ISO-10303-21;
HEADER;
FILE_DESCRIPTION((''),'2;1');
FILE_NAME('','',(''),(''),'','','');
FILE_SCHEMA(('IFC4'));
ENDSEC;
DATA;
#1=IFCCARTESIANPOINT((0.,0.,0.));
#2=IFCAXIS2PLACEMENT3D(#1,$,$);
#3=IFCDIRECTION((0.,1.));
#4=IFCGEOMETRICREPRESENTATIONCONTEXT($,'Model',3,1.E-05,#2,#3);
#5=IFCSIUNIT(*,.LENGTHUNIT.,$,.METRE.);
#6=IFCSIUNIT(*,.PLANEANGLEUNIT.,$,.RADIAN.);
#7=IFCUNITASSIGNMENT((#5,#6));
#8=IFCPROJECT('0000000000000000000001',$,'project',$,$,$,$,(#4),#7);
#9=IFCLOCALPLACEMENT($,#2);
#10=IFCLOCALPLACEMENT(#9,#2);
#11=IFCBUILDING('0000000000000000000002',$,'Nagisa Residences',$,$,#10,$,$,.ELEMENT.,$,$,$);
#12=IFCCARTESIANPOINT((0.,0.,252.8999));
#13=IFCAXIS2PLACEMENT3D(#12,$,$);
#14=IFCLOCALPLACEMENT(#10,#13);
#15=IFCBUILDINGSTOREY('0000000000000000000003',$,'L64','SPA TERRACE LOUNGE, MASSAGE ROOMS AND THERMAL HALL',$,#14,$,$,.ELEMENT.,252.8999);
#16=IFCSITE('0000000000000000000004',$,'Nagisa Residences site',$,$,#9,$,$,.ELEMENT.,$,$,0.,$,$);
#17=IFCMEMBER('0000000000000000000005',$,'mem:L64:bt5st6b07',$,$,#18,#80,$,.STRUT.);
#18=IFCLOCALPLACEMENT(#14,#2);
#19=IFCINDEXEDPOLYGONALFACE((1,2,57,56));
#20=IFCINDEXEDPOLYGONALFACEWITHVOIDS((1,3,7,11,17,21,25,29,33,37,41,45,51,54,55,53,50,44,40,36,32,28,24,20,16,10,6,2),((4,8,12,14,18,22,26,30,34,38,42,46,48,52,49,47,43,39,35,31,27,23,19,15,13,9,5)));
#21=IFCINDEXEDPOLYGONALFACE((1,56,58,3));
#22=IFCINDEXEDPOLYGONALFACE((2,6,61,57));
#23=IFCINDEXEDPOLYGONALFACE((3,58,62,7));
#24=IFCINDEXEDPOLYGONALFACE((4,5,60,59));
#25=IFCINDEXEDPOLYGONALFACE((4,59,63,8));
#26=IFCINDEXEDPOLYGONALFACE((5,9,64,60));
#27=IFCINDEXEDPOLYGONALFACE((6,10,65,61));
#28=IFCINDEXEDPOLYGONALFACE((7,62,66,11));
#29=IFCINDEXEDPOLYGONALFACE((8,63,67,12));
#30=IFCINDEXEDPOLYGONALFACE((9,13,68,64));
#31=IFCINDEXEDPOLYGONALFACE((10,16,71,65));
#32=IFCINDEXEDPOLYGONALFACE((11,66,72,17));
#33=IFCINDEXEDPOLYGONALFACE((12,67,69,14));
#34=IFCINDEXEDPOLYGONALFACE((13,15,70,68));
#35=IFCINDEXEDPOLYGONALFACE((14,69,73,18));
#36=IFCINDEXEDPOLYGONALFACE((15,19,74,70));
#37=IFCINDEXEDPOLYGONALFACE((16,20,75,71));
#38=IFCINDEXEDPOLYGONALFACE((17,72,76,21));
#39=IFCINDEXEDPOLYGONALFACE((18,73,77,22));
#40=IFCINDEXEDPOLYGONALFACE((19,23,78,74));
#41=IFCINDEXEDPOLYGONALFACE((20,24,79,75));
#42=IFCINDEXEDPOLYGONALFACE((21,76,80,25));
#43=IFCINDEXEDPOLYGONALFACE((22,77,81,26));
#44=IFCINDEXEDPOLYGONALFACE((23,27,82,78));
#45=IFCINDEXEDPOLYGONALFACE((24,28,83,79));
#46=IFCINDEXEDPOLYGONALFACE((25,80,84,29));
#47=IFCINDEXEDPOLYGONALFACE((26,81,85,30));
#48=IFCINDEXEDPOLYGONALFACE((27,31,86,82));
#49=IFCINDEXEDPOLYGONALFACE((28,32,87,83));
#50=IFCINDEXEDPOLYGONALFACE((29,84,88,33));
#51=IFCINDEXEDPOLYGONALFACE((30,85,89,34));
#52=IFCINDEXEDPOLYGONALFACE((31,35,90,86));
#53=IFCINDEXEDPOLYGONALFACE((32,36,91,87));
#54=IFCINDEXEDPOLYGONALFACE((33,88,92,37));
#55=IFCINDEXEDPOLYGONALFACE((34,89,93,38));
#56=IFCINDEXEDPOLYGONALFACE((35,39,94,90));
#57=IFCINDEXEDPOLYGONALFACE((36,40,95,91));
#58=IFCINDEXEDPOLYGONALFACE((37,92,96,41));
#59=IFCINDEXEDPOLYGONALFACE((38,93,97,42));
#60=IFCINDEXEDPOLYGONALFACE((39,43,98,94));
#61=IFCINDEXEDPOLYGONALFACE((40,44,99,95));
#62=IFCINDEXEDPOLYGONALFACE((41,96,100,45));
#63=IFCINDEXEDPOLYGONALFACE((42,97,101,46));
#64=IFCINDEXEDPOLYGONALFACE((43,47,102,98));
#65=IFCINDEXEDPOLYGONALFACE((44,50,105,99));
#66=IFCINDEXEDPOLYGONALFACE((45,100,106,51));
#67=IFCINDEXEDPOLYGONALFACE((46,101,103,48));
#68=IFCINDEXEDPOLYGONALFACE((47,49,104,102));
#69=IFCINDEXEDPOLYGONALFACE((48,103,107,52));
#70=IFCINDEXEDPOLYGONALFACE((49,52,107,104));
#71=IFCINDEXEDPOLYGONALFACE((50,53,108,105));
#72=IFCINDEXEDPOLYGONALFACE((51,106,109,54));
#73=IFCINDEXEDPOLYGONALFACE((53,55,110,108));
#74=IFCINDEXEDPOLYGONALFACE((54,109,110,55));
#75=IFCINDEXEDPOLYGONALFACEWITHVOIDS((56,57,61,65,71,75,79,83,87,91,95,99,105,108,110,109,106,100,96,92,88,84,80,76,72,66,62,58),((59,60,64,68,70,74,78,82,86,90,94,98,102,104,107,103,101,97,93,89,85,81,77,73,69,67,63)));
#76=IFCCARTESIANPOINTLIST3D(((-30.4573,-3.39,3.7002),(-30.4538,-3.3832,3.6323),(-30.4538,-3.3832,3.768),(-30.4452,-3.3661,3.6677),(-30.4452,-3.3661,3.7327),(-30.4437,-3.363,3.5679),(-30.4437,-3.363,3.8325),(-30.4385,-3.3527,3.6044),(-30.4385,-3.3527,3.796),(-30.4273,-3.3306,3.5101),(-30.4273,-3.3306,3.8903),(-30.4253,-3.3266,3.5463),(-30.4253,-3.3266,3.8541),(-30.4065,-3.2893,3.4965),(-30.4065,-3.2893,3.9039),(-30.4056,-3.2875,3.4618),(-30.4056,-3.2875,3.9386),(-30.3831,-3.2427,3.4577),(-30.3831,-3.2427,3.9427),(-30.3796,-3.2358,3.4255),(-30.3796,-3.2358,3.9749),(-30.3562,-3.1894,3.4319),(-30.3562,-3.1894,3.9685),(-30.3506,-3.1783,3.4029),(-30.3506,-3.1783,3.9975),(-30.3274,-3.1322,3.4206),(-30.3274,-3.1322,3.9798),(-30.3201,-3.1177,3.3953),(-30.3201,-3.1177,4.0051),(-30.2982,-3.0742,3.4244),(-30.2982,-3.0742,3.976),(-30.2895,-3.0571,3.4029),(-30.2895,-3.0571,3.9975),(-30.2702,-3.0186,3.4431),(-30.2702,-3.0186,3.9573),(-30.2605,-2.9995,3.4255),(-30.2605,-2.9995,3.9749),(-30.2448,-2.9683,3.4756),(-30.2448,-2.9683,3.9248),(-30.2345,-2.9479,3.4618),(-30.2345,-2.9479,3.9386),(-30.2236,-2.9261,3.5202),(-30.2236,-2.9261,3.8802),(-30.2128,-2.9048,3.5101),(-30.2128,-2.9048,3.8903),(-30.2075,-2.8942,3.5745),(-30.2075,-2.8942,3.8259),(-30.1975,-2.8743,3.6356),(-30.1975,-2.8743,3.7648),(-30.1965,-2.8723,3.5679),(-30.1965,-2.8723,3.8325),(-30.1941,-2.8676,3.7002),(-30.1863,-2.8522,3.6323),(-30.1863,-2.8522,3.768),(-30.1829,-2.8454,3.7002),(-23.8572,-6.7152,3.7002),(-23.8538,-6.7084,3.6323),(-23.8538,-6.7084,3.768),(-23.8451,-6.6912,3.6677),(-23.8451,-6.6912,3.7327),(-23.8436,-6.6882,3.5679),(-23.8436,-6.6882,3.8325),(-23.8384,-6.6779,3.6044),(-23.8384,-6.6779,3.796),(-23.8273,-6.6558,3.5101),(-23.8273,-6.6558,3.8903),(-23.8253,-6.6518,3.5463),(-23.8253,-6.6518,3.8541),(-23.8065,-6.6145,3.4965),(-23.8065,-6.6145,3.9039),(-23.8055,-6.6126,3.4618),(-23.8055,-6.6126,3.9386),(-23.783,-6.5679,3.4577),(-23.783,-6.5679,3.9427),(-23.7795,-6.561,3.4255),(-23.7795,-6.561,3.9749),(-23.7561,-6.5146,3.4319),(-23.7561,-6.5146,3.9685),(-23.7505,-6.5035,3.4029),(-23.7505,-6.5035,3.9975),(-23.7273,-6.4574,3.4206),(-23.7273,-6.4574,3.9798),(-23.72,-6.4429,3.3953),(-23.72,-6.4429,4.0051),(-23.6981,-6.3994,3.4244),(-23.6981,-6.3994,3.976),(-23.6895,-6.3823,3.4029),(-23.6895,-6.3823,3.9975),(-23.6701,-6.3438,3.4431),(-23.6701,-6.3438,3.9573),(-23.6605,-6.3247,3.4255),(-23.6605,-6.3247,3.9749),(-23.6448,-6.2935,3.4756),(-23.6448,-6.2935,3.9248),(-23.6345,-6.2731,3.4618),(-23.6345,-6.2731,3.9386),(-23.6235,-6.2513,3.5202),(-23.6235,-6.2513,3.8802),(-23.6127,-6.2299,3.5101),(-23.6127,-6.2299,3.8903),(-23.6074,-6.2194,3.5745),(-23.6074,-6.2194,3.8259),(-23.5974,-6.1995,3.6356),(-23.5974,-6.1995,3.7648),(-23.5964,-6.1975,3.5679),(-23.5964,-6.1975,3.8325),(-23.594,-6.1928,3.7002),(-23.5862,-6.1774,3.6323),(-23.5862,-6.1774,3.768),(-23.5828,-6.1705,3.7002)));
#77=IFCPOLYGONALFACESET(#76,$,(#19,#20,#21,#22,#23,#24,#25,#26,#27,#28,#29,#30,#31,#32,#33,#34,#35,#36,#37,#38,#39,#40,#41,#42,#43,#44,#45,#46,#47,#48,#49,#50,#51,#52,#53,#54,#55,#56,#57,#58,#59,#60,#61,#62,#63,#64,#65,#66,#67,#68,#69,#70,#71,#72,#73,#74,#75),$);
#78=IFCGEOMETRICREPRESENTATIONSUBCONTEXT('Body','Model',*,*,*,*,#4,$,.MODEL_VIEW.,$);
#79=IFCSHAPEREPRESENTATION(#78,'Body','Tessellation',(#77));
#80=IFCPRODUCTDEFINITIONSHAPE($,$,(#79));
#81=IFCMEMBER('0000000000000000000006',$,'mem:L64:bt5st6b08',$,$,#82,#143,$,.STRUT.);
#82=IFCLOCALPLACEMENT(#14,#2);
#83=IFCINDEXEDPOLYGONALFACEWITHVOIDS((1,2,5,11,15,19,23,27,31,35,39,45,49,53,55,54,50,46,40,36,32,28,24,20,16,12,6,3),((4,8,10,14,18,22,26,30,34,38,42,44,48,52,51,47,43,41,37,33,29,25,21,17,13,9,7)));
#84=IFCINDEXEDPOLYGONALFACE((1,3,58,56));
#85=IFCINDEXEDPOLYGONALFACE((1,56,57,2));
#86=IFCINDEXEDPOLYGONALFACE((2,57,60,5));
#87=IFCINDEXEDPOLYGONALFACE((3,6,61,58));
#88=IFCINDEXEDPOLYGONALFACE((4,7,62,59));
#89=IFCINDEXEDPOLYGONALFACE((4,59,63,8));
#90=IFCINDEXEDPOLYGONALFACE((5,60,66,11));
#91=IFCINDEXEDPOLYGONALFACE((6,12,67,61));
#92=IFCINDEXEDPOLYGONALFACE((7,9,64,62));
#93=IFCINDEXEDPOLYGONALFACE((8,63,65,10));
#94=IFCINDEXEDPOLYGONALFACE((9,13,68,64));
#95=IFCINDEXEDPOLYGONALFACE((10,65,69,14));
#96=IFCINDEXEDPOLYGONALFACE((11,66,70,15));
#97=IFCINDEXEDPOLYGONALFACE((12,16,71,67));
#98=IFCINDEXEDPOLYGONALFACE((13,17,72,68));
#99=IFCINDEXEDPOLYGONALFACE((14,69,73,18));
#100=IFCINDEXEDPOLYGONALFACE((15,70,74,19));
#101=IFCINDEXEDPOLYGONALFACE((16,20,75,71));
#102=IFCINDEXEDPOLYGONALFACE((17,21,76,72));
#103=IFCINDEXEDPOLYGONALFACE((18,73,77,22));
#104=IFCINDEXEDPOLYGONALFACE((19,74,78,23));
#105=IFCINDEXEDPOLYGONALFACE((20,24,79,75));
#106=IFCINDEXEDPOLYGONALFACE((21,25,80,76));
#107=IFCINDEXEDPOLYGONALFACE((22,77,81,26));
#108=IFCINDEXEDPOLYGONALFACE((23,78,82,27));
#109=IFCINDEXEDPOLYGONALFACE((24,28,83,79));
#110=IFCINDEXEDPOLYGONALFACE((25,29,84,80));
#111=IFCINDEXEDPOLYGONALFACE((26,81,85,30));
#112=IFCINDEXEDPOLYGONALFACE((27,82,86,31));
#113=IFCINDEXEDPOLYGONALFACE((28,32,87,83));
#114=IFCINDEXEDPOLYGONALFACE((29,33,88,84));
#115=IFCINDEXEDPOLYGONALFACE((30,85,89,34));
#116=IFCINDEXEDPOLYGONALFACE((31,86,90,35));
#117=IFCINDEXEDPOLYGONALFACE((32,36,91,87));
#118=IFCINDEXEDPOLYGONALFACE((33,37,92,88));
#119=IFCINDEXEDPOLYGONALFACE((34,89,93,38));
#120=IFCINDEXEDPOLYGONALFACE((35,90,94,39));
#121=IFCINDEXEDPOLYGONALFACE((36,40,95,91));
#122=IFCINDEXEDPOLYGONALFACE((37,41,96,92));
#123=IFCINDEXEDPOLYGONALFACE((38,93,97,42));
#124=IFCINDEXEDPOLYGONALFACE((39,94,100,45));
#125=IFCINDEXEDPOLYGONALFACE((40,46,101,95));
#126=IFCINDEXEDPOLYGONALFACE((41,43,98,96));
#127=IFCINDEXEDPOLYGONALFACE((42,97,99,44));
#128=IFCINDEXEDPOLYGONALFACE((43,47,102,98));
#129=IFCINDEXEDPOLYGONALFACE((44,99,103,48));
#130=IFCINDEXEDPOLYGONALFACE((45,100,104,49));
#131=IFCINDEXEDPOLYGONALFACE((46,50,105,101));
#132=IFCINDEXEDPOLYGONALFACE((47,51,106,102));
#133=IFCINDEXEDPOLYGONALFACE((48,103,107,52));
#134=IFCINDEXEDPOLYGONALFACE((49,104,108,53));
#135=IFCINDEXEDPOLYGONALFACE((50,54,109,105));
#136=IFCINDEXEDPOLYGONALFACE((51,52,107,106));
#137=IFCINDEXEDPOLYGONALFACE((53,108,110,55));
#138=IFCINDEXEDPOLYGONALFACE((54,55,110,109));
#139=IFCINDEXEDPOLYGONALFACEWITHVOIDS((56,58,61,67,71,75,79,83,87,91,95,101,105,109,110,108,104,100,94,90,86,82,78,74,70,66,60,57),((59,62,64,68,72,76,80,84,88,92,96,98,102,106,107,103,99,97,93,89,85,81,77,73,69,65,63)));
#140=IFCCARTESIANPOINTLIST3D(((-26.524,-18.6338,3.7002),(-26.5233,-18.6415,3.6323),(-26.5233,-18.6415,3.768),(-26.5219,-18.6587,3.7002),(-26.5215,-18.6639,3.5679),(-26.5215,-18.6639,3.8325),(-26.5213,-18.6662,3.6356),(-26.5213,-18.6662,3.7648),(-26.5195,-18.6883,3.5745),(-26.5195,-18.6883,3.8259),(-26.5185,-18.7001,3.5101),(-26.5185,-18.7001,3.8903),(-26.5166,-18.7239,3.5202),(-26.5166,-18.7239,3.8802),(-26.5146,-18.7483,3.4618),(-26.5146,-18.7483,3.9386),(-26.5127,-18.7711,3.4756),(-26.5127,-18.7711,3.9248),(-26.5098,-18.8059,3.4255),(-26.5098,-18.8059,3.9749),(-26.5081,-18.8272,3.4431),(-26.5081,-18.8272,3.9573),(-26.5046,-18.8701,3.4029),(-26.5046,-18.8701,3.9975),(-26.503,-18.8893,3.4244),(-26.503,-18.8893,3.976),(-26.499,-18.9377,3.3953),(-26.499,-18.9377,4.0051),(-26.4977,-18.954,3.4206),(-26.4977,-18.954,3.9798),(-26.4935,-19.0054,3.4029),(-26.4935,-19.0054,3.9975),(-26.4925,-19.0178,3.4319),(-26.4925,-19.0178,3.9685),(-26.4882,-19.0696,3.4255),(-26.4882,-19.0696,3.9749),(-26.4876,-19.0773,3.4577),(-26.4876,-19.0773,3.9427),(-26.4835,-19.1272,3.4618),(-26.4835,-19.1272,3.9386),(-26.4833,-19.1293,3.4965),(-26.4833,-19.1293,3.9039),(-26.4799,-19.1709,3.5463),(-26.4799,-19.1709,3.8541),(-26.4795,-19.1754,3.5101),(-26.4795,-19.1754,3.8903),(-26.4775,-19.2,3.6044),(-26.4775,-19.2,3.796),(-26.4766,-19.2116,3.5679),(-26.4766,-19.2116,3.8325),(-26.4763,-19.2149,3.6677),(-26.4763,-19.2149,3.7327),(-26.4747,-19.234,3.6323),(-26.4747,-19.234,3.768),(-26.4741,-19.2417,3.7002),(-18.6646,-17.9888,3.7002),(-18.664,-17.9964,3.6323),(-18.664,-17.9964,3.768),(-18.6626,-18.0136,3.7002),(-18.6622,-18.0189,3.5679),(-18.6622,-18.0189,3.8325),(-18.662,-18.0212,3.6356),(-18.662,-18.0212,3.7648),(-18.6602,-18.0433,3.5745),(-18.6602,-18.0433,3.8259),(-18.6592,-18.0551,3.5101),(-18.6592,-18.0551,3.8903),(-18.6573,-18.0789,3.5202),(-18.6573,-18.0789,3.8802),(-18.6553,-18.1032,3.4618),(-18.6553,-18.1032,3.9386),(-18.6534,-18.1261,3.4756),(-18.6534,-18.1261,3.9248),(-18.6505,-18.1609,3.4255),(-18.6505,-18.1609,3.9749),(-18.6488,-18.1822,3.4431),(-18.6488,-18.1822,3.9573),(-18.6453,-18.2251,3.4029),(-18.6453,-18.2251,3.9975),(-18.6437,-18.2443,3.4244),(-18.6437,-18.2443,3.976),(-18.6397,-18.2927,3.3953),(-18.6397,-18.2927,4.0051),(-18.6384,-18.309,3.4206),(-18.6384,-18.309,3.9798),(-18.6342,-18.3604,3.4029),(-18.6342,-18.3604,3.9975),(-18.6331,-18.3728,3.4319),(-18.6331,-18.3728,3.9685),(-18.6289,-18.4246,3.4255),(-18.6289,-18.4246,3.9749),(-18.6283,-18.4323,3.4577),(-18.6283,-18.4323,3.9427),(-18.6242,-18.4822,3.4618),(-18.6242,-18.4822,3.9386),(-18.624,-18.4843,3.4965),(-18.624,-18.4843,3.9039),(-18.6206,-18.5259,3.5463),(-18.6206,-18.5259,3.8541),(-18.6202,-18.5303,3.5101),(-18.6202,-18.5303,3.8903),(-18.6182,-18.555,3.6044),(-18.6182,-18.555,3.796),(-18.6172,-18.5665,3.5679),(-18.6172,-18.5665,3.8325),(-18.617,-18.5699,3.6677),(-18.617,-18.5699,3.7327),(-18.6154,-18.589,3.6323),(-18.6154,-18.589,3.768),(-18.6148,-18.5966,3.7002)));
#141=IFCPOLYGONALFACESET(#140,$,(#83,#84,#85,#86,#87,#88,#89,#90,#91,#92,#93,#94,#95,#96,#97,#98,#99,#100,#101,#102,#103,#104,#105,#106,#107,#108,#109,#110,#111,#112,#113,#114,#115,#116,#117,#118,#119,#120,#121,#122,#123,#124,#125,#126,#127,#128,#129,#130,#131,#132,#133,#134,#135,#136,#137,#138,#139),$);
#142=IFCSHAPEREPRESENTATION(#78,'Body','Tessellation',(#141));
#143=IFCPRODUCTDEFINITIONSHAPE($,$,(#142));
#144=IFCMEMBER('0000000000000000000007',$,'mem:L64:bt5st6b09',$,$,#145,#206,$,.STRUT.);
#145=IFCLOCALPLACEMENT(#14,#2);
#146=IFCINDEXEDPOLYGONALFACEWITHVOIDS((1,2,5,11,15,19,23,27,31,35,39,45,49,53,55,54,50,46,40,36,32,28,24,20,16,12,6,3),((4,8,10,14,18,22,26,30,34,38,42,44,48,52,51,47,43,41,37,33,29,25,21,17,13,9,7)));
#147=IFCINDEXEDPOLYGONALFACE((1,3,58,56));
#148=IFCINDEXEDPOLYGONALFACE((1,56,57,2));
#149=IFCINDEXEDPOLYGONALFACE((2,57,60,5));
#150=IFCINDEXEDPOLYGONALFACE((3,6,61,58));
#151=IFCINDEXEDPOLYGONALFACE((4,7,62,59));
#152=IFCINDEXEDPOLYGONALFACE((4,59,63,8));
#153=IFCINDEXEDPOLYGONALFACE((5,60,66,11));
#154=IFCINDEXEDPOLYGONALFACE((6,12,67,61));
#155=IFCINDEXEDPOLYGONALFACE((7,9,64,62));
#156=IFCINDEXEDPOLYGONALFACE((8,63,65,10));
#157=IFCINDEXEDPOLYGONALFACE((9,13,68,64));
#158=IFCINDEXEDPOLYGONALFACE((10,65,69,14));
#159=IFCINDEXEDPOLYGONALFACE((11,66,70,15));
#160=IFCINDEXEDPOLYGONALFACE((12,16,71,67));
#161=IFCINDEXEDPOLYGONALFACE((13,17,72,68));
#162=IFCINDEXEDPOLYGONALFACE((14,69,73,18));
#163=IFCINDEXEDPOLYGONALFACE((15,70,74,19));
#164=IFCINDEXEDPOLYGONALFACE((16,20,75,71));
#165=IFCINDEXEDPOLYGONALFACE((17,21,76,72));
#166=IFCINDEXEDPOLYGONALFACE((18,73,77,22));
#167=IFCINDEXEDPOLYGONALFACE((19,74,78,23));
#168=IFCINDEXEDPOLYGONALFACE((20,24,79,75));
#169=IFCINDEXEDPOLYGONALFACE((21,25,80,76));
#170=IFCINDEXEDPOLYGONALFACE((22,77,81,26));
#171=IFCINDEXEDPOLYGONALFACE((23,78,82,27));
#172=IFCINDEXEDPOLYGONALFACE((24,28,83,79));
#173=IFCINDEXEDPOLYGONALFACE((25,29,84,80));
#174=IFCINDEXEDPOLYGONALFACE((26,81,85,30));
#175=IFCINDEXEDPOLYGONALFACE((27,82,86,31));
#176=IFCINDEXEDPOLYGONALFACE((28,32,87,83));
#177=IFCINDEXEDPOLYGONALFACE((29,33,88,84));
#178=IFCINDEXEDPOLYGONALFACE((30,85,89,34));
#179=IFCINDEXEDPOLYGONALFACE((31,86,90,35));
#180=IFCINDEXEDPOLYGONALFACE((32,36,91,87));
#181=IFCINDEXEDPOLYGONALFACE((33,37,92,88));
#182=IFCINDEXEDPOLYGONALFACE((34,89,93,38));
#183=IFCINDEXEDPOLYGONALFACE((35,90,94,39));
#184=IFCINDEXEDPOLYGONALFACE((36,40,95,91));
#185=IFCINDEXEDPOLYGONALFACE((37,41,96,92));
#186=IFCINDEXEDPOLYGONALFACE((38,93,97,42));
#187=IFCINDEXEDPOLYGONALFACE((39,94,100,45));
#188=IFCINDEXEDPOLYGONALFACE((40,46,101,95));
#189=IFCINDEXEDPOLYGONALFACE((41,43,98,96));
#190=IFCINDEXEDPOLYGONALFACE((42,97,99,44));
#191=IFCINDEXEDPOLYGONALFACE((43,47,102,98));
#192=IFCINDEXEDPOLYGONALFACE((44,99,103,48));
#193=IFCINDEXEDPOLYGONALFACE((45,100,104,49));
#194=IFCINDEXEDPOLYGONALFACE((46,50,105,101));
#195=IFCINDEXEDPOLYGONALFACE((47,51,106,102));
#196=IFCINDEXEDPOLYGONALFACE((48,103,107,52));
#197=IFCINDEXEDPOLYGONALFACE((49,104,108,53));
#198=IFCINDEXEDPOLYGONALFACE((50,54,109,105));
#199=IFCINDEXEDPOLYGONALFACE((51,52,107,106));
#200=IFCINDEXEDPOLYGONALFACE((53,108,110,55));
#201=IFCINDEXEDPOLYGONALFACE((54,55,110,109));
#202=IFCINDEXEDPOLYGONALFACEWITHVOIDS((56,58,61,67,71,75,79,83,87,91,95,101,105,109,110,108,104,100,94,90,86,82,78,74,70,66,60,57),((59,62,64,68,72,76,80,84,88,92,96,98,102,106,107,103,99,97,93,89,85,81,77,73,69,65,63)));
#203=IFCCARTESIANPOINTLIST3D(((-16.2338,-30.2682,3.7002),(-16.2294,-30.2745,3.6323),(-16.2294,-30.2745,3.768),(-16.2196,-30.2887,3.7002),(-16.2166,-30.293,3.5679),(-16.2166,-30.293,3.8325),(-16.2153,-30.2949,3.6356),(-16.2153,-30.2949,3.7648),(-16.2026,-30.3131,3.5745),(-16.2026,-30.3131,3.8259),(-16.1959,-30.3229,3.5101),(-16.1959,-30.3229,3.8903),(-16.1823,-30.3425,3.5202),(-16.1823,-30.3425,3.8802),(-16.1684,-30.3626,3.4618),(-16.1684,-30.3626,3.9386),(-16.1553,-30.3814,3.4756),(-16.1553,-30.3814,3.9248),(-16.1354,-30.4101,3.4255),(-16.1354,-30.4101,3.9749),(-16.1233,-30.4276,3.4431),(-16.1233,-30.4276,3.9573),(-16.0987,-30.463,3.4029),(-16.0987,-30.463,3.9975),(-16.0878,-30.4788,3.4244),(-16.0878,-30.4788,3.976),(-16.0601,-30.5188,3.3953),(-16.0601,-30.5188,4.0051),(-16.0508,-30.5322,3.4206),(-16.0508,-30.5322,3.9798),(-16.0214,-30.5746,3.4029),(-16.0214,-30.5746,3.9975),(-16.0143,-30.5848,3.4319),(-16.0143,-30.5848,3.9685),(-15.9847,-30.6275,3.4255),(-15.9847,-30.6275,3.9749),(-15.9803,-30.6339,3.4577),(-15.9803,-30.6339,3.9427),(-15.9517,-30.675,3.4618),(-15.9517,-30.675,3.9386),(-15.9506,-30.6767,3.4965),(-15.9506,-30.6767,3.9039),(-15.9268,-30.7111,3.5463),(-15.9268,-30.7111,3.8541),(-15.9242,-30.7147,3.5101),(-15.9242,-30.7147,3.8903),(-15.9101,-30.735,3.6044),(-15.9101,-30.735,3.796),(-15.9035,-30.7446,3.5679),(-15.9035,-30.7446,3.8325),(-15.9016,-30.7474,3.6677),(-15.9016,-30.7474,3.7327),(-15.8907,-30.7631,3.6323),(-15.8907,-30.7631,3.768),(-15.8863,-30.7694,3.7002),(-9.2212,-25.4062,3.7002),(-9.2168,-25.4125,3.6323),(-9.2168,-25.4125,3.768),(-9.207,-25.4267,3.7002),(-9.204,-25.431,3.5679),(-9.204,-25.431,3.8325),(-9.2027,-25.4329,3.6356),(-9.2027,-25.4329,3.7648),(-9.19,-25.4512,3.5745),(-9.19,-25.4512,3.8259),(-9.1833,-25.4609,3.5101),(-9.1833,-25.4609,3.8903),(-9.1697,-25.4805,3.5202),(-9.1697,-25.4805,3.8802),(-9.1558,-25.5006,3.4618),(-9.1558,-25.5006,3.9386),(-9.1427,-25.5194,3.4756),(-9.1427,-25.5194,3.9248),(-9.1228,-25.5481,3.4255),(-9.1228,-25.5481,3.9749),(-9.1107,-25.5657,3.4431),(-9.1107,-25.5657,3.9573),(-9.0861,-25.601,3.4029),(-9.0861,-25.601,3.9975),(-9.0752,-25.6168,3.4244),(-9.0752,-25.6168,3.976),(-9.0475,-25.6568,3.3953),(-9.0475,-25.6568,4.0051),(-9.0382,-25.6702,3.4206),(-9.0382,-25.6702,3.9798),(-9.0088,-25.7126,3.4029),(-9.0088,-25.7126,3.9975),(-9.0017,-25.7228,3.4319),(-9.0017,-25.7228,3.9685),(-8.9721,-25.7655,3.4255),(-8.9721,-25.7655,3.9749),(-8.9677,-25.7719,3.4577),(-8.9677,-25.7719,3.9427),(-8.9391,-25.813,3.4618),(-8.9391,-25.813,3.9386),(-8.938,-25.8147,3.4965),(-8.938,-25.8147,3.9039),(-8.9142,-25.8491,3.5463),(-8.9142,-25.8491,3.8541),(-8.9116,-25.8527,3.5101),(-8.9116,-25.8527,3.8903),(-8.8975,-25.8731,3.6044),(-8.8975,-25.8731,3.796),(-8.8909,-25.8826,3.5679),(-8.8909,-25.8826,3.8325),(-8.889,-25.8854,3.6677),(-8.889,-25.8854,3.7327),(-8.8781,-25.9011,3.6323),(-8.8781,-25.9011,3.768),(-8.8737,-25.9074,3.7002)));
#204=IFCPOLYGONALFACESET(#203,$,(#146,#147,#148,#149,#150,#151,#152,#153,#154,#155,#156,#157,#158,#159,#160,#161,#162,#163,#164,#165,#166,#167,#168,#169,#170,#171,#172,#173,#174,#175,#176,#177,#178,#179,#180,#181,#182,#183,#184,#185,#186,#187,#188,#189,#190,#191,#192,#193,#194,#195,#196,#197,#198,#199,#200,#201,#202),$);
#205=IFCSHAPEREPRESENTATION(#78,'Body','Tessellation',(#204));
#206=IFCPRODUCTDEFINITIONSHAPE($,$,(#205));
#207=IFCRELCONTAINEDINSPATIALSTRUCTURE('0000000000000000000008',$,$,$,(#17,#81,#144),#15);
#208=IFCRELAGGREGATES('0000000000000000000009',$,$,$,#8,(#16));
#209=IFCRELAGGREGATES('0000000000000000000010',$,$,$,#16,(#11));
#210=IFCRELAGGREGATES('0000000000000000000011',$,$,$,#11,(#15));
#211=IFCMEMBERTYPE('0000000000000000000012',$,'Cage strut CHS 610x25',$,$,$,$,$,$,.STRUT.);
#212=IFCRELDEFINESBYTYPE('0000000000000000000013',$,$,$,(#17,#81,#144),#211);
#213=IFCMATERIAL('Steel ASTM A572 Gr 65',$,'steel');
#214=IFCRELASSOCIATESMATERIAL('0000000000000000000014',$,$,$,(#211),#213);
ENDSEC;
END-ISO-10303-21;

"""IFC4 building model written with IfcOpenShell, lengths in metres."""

from ifc_helpers import new_model, si_unit, direction, frame, origin, origin_2d, place, context, subcontext, project, spatial, hollow_circle, extrude, material, material_profile, profile_set, type_object, element, save


model = new_model("IFC4")

# Units and contexts
model_context = context("Model", 3, precision=1e-05, world=origin(), true_north=direction((0.0, 1.0)))
body_context = subcontext(model_context, "Body", "Model", "MODEL_VIEW")
ifc_project = project(units=[si_unit("LENGTHUNIT", "METRE"), si_unit("PLANEANGLEUNIT", "RADIAN")], contexts=[model_context])

# Site, building, storey
site_placement = place(None, origin())
site = spatial("IfcSite", under=ifc_project, at=site_placement, Name="Nagisa Residences site", CompositionType="ELEMENT", RefElevation=0.0)
building_placement = place(site_placement, origin())
building = spatial("IfcBuilding", under=site, at=building_placement, Name="Nagisa Residences", CompositionType="ELEMENT")
storey_placement = place(building_placement, frame((0.0, 0.0, 252.8999)))
storey = spatial("IfcBuildingStorey", under=building, at=storey_placement, Name="L64", Description="SPA TERRACE LOUNGE, MASSAGE ROOMS AND THERMAL HALL", CompositionType="ELEMENT", Elevation=252.8999)

# Members
ifc_material_1 = material(Name="Steel ASTM A572 Gr 65", Category="steel")
ifc_material_profile_1 = material_profile(ifc_material_1, hollow_circle(Radius=0.3049, WallThickness=0.0249, at=origin_2d()), Name="CHS 610x25")
ifc_profile_set_1 = profile_set([ifc_material_profile_1], Name="Steel ASTM A572 Gr 65")
member_type_1 = type_object("IfcMemberType", Name="Cage strut CHS 610x25", PredefinedType="STRUT", material=ifc_profile_set_1)
member_1_placement = place(storey_placement, frame((-30.3201, -3.1177, 3.7002), z_axis=(0.893062, -0.449934, 0.0), x_axis=(0.449934, 0.893062, 0.0)))
element("IfcMember", 1, at=member_1_placement, inside=storey, type_object=member_type_1, Name="mem:L64:bt5st6b07", PredefinedType="STRUT", context=body_context, shape_type="SweptSolid", body=[
    extrude(hollow_circle(Radius=0.3049, WallThickness=0.0249, at=origin_2d()), origin(), (0.0, 0.0, 1.0), 7.3904),
])
member_2_placement = place(storey_placement, frame((-26.499, -18.9377, 3.7002), z_axis=(0.996649, 0.081795, 0.0), x_axis=(-0.081795, 0.996649, 0.0)))
element("IfcMember", 2, at=member_2_placement, inside=storey, type_object=member_type_1, Name="mem:L64:bt5st6b08", PredefinedType="STRUT", context=body_context, shape_type="SweptSolid", body=[
    extrude(hollow_circle(Radius=0.3049, WallThickness=0.0249, at=origin_2d()), origin(), (0.0, 0.0, 1.0), 7.8857),
])
member_3_placement = place(storey_placement, frame((-16.0601, -30.5188, 3.7002), z_axis=(0.821802, 0.569774, 0.0), x_axis=(-0.569774, 0.821802, 0.0)))
element("IfcMember", 3, at=member_3_placement, inside=storey, type_object=member_type_1, Name="mem:L64:bt5st6b09", PredefinedType="STRUT", context=body_context, shape_type="SweptSolid", body=[
    extrude(hollow_circle(Radius=0.3049, WallThickness=0.0249, at=origin_2d()), origin(), (0.0, 0.0, 1.0), 8.5332),
])

save(model, "model.ifc")
